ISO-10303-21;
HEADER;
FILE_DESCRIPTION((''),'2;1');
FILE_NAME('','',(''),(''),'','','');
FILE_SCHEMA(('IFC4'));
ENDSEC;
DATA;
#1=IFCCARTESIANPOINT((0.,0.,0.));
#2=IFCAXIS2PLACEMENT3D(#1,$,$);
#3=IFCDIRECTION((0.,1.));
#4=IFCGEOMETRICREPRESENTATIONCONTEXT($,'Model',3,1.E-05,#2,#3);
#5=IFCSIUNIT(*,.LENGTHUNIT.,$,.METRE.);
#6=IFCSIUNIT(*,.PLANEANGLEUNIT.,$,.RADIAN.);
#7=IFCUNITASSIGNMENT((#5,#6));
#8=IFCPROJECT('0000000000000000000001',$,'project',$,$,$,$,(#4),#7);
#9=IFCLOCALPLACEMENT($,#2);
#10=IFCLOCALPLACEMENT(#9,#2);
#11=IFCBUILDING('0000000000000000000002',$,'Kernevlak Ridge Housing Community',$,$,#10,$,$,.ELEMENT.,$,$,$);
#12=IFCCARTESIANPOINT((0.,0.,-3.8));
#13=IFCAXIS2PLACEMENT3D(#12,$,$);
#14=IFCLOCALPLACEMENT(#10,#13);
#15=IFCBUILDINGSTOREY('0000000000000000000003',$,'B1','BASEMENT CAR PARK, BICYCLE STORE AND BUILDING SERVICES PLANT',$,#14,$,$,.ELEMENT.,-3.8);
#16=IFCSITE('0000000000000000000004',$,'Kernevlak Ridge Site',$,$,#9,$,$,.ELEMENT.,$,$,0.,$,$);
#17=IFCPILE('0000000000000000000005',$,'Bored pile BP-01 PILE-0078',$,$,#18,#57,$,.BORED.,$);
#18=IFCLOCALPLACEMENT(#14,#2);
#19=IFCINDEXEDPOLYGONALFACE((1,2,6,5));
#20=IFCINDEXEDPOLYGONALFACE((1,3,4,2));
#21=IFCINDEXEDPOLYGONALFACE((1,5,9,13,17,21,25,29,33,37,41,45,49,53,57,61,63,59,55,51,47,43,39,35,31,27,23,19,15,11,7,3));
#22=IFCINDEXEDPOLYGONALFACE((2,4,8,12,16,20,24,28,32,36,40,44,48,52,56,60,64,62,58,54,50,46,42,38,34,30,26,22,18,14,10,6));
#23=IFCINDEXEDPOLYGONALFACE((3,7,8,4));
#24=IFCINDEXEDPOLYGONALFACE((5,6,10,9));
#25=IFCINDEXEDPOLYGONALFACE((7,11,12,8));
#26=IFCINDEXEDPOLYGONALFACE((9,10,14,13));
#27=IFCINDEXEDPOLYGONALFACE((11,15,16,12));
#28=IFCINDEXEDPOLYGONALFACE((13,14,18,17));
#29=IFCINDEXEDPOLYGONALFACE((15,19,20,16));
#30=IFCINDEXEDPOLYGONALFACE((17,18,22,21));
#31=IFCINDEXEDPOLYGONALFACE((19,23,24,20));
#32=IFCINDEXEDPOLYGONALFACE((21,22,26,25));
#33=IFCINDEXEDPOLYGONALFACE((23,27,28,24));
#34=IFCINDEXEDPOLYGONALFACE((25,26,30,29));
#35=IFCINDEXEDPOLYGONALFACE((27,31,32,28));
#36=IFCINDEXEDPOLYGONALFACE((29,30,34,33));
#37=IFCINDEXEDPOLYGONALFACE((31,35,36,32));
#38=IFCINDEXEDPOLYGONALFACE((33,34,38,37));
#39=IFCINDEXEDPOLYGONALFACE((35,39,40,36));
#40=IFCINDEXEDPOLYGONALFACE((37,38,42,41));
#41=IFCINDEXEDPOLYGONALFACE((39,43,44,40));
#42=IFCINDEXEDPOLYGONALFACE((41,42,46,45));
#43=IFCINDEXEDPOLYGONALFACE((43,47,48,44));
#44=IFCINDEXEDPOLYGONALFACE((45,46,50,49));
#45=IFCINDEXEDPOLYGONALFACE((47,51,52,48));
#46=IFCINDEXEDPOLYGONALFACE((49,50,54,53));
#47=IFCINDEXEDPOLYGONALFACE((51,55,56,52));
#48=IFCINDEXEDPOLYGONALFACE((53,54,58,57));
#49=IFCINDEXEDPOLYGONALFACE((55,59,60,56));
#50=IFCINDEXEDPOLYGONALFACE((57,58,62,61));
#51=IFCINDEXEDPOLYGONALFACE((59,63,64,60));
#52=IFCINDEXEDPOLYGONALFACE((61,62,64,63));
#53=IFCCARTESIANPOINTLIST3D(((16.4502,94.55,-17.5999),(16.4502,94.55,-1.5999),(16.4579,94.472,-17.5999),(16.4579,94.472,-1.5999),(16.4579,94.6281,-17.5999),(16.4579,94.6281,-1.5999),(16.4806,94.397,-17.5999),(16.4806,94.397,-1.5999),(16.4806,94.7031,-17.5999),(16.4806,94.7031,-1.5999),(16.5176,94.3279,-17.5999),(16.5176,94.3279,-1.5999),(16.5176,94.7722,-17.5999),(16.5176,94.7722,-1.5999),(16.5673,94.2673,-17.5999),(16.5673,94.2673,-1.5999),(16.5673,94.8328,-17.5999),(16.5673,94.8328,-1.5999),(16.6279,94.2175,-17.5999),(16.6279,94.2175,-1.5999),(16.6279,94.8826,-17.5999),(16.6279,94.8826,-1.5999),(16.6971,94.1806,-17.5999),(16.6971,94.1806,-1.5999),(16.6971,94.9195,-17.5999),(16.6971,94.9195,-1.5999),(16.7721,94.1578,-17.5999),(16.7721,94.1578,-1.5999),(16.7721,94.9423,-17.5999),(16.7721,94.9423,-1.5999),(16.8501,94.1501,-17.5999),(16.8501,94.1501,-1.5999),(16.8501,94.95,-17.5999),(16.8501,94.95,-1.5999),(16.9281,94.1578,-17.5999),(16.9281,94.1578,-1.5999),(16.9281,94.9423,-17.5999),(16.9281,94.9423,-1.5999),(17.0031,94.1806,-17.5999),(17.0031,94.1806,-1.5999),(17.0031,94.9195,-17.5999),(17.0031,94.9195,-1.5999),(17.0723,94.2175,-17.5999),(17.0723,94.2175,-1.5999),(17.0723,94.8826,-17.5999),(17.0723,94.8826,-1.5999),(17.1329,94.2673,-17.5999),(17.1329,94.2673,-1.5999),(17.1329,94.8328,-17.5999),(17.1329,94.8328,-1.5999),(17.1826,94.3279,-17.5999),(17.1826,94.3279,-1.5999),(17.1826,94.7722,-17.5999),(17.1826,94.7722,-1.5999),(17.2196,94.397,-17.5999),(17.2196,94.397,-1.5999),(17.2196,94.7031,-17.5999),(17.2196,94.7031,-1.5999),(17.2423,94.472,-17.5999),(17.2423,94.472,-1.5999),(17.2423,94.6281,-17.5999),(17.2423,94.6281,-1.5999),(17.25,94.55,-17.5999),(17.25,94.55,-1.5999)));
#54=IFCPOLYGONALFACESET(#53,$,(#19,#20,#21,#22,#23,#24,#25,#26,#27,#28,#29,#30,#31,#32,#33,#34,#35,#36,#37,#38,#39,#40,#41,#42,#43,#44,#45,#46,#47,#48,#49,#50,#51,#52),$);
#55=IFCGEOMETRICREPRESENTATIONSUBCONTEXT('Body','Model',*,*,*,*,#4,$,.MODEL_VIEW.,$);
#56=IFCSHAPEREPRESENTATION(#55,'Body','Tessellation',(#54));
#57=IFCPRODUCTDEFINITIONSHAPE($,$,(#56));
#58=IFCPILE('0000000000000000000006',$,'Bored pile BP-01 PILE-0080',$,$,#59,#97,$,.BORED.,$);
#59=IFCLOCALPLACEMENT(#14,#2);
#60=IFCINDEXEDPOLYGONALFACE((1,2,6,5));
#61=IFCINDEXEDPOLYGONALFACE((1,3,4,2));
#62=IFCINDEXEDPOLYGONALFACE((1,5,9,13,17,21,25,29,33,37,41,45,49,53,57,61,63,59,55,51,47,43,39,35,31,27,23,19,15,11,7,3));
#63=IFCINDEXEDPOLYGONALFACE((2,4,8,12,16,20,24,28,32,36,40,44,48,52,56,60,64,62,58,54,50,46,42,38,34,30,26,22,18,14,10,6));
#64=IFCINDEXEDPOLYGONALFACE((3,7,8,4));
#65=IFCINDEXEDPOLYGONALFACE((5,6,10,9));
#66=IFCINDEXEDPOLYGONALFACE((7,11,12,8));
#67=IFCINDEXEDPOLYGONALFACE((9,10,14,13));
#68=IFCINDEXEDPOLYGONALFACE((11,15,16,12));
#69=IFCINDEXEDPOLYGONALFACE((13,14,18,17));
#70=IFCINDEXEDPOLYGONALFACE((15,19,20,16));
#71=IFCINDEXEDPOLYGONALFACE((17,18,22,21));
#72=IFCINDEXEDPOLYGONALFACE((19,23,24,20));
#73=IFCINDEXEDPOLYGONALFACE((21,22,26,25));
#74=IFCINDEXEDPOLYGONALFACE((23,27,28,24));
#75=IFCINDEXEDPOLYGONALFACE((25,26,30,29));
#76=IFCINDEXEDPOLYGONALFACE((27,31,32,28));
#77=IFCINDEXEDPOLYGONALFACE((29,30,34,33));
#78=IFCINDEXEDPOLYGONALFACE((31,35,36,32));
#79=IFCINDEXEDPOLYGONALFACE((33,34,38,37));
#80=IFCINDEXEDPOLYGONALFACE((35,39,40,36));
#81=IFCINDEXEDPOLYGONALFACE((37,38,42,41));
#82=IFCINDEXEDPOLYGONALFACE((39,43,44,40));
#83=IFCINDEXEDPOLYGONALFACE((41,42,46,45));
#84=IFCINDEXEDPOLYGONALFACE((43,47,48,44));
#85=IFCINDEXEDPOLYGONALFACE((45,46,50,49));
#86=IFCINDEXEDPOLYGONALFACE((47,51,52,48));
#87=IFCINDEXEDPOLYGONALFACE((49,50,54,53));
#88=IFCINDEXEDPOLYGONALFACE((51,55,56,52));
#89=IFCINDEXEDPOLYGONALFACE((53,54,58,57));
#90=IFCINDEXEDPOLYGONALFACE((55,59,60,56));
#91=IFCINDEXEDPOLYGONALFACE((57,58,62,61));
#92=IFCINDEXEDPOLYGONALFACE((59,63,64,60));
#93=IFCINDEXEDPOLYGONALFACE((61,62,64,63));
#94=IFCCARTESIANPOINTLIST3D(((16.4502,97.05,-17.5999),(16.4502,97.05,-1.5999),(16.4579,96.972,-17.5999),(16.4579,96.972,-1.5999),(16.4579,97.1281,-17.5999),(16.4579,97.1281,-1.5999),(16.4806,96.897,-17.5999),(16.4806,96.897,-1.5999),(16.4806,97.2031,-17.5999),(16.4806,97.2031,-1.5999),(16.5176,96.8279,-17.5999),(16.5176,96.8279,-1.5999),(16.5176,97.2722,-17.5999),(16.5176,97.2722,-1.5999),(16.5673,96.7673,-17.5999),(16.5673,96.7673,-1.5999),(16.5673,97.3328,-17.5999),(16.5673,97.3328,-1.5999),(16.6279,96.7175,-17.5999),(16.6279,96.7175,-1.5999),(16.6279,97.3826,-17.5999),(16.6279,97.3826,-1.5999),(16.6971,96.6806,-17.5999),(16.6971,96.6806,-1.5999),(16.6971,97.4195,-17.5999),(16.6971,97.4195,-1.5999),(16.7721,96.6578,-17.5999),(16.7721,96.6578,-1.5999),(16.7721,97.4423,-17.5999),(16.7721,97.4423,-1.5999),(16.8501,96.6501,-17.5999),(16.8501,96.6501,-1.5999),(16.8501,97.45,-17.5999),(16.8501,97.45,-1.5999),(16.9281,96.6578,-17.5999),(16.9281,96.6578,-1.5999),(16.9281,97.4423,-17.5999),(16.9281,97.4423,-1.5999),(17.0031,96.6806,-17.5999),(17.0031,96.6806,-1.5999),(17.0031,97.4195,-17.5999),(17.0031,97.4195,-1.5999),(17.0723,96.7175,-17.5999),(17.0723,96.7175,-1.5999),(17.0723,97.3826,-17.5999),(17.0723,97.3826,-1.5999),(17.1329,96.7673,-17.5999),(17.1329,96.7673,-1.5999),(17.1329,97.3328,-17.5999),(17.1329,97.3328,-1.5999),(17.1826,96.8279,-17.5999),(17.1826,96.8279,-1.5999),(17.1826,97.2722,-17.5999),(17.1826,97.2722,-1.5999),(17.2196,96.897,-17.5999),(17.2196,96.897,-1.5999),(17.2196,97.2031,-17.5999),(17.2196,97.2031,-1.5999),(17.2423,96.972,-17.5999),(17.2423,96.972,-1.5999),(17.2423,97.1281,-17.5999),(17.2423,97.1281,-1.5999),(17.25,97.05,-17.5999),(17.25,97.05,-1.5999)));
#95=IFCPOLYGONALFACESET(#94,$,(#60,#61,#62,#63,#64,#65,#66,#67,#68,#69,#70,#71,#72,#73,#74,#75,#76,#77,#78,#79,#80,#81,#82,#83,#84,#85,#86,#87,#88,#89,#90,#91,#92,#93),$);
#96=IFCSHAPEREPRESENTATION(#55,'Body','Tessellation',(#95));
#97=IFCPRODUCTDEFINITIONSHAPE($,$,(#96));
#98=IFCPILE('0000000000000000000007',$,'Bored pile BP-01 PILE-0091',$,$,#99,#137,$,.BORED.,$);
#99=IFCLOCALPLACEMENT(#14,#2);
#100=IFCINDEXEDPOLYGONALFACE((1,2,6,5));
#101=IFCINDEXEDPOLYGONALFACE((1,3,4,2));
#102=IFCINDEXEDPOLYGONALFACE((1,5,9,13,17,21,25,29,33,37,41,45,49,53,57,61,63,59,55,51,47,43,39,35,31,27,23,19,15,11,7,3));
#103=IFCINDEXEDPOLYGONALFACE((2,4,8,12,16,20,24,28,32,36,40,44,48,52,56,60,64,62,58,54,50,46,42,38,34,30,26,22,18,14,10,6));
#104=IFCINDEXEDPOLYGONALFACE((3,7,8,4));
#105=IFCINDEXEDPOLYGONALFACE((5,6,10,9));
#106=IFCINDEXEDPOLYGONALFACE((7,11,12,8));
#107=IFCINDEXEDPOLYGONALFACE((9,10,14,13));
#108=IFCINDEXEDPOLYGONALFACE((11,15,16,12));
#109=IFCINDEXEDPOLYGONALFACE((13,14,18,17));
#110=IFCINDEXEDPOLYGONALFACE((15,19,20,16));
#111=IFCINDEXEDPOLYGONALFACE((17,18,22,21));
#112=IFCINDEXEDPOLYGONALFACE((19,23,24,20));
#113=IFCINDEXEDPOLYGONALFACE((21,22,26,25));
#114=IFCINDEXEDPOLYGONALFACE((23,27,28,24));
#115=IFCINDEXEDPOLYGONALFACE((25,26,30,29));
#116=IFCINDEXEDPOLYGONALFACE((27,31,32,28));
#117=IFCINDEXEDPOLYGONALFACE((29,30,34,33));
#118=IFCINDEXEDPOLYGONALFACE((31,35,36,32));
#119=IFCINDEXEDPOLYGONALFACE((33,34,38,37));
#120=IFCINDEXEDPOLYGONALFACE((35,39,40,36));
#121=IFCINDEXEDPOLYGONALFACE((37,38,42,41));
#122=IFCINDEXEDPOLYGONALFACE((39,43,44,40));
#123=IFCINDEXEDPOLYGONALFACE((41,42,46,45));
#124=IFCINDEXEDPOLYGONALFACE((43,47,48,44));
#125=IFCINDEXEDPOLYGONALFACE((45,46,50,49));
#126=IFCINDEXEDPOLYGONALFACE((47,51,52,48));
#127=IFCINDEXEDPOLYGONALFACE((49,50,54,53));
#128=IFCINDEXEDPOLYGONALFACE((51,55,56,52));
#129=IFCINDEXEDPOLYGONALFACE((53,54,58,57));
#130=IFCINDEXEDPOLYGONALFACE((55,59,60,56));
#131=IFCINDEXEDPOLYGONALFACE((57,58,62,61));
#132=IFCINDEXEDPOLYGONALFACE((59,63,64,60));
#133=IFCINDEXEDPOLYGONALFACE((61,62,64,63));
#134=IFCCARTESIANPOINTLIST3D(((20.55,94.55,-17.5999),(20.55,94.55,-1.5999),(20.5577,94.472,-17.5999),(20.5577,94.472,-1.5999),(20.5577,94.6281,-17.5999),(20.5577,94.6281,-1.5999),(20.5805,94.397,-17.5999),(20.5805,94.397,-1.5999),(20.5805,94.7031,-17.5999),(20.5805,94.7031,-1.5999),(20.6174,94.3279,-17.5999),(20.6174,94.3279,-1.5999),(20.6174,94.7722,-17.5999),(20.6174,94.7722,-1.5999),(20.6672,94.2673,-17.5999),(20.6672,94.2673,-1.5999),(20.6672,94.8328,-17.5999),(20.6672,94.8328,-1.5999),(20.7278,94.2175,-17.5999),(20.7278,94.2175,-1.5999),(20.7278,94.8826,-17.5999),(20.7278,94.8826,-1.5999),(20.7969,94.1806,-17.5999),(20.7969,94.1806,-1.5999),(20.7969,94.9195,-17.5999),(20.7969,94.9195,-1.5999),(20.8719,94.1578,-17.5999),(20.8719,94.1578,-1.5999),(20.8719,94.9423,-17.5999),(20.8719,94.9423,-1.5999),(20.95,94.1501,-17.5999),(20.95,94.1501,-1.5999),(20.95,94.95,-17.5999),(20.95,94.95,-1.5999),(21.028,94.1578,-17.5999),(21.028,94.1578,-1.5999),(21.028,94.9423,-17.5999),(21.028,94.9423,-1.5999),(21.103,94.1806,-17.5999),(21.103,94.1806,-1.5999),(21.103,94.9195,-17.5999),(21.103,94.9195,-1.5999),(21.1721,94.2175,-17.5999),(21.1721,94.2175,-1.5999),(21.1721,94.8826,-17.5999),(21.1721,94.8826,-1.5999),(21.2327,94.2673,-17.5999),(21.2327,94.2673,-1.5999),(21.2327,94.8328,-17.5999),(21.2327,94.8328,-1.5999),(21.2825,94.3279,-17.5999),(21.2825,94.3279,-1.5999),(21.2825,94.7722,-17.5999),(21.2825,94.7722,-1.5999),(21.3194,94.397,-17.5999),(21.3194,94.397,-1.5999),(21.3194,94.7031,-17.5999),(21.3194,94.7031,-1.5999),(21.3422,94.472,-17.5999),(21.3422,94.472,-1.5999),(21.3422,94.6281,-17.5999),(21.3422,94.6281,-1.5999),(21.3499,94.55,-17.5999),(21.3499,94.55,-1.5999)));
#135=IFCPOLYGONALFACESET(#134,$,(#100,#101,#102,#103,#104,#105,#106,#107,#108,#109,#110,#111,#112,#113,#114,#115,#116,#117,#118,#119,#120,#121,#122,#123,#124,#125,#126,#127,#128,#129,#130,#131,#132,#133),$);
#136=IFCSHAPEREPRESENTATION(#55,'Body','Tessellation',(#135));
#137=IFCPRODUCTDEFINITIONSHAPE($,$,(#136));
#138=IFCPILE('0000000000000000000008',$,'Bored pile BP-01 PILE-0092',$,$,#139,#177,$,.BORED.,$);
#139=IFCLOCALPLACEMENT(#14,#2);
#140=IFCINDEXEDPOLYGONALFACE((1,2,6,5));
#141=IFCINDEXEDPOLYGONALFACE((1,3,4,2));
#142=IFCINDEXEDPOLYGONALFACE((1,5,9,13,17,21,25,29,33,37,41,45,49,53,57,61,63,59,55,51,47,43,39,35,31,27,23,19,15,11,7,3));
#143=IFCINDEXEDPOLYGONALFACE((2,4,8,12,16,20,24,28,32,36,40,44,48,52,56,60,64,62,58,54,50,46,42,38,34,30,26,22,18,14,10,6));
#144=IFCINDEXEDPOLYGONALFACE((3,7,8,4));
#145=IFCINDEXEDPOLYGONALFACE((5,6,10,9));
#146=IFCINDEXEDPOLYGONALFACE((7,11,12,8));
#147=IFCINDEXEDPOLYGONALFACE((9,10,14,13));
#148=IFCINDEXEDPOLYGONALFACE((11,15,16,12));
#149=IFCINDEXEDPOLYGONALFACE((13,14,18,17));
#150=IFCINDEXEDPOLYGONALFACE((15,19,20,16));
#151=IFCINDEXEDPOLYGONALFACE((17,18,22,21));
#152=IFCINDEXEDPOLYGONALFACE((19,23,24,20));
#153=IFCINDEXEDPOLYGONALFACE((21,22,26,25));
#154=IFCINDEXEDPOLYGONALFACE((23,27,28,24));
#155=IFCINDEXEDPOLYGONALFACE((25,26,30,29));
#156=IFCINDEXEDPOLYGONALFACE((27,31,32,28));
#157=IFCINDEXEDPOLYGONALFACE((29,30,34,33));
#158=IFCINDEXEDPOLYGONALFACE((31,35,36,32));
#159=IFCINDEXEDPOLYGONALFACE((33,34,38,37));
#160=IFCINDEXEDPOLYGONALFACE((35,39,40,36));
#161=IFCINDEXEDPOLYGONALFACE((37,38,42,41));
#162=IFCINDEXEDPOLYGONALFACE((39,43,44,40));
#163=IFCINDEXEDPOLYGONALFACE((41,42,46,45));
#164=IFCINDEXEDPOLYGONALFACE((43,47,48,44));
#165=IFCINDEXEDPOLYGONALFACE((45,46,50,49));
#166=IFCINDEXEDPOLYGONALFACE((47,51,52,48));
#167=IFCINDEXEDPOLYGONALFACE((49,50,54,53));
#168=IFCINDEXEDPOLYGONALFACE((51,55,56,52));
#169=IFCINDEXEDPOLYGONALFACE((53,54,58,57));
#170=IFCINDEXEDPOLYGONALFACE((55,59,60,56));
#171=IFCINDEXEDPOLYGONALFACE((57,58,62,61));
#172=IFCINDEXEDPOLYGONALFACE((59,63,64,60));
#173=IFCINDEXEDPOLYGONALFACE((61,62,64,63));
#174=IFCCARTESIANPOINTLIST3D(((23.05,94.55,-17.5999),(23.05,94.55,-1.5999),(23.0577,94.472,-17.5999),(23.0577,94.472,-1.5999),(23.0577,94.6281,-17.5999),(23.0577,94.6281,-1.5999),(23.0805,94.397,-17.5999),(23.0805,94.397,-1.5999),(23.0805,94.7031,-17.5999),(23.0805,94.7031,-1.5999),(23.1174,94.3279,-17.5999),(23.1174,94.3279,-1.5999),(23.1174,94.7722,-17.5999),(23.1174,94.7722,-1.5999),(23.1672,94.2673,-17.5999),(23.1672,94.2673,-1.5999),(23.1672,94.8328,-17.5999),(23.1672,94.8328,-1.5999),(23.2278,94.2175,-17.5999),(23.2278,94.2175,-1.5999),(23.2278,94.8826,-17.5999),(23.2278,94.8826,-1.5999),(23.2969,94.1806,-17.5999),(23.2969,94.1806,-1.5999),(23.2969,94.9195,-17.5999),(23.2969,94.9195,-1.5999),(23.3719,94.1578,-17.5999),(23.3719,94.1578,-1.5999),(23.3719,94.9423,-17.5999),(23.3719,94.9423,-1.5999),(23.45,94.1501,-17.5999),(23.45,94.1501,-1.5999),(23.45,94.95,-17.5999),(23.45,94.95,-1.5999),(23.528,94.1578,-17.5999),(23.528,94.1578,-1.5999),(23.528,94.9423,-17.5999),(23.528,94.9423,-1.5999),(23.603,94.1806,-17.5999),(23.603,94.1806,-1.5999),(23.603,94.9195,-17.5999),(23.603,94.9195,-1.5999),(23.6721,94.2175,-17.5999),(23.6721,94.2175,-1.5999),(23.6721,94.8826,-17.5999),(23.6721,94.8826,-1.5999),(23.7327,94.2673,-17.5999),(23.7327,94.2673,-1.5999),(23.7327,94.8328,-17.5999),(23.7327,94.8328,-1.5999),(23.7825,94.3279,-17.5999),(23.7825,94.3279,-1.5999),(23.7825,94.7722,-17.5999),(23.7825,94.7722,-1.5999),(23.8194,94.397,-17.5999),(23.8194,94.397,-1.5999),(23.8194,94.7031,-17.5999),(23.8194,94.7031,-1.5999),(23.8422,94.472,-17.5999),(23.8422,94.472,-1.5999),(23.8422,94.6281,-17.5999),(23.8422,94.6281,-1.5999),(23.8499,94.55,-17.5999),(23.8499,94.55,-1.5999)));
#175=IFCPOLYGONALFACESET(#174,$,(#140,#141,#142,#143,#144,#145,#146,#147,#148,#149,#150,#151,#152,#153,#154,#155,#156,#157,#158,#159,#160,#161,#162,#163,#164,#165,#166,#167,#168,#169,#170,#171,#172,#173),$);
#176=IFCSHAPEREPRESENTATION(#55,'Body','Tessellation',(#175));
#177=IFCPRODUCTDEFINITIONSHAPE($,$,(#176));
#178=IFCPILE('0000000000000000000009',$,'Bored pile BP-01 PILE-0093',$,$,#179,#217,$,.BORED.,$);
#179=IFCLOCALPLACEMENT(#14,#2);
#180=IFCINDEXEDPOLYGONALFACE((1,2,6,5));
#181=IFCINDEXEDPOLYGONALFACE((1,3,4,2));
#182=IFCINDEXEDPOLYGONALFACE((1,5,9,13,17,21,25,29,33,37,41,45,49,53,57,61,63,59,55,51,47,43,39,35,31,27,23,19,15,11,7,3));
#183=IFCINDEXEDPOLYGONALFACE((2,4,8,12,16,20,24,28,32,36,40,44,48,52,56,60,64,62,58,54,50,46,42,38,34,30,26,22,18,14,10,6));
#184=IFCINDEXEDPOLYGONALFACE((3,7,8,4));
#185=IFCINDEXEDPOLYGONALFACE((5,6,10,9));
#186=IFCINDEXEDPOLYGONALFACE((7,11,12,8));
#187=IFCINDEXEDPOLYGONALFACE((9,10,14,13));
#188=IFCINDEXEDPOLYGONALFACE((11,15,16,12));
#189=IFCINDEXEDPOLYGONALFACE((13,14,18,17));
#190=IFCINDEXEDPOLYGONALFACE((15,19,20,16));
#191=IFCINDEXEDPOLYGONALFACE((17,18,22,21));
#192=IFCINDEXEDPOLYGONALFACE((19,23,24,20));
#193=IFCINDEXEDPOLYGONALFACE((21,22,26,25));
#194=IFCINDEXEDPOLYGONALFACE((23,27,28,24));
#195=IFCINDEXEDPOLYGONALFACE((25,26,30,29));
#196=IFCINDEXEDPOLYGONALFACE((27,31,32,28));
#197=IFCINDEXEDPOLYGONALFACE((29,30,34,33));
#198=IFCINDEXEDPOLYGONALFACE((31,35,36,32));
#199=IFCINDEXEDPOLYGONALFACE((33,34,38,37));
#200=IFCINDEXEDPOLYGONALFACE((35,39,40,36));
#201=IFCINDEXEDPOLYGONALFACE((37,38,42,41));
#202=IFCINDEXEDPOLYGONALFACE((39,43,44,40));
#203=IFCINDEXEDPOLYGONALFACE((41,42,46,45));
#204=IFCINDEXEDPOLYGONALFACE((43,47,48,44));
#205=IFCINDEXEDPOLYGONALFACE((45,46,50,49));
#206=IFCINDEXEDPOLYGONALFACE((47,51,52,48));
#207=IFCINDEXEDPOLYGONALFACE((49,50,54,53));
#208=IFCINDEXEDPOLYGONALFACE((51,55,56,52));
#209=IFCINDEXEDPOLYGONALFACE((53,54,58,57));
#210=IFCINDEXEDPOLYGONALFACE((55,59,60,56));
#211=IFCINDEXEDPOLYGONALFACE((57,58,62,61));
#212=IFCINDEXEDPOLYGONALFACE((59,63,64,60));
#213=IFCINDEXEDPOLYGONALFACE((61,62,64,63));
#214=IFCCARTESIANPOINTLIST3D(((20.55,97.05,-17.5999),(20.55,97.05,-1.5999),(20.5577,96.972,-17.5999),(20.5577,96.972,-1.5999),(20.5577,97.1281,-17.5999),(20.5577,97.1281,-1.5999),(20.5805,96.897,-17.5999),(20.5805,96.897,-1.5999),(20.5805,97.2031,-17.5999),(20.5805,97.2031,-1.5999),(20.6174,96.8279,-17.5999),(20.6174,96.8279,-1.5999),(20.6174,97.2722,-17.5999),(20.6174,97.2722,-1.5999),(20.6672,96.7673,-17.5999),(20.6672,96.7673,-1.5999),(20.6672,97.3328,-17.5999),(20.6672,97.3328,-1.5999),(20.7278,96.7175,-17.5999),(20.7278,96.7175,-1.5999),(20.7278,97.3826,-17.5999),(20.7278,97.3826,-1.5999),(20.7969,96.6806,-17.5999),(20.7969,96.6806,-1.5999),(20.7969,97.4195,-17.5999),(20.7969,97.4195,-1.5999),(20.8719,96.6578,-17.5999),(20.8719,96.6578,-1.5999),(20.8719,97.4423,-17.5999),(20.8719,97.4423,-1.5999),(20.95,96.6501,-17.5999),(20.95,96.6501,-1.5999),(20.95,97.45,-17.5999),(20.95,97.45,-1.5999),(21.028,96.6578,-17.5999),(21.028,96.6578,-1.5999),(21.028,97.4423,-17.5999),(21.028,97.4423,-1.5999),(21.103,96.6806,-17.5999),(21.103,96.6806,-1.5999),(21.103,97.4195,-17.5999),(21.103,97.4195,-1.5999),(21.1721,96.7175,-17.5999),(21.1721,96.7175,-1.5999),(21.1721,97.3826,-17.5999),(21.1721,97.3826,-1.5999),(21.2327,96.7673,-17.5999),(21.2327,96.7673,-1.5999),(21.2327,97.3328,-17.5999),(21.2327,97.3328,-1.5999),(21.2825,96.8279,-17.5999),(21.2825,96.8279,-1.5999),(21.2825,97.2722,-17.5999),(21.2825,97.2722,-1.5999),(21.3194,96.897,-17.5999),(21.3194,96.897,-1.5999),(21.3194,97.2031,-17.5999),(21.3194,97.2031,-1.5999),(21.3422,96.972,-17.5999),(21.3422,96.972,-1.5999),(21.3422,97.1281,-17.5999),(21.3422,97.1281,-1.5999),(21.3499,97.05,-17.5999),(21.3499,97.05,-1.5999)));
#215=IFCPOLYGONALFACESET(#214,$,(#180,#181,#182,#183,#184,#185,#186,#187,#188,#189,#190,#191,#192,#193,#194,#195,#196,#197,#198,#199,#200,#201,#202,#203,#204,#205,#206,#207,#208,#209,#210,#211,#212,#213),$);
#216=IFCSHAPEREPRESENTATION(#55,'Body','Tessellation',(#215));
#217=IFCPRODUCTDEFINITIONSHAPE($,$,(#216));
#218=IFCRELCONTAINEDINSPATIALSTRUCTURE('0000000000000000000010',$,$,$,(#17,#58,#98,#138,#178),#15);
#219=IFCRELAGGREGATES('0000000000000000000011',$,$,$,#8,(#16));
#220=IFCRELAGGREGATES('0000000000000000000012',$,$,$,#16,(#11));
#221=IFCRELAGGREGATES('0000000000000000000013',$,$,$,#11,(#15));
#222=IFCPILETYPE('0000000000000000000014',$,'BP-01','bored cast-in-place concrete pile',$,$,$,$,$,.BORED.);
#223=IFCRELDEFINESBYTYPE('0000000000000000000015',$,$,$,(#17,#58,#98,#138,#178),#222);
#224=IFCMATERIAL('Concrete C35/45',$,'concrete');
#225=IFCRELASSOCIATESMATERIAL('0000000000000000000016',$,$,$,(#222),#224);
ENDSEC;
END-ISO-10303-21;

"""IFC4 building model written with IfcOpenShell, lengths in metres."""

from ifc_helpers import new_model, si_unit, direction, frame, origin, origin_2d, place, context, subcontext, project, spatial, circle, extrude, material, material_profile, profile_set, type_object, element, save


model = new_model("IFC4")

# Units and contexts
model_context = context("Model", 3, precision=1e-05, world=origin(), true_north=direction((0.0, 1.0)))
body_context = subcontext(model_context, "Body", "Model", "MODEL_VIEW")
ifc_project = project(units=[si_unit("LENGTHUNIT", "METRE"), si_unit("PLANEANGLEUNIT", "RADIAN")], contexts=[model_context])

# Site, building, storey
site_placement = place(None, origin())
site = spatial("IfcSite", under=ifc_project, at=site_placement, Name="Kernevlak Ridge Site", CompositionType="ELEMENT", RefElevation=0.0)
building_placement = place(site_placement, origin())
building = spatial("IfcBuilding", under=site, at=building_placement, Name="Kernevlak Ridge Housing Community", CompositionType="ELEMENT")
storey_placement = place(building_placement, frame((0.0, 0.0, -3.8)))
storey = spatial("IfcBuildingStorey", under=building, at=storey_placement, Name="B1", Description="BASEMENT CAR PARK, BICYCLE STORE AND BUILDING SERVICES PLANT", CompositionType="ELEMENT", Elevation=-3.8)

# Piles
ifc_material_1 = material(Name="Concrete C35/45", Category="concrete")
ifc_material_profile_1 = material_profile(ifc_material_1, circle(Radius=0.3999, at=origin_2d()), Name="BORED PILE 800")
ifc_profile_set_1 = profile_set([ifc_material_profile_1], Name="Concrete C35/45")
pile_type_1 = type_object("IfcPileType", Name="BP-01", Description="bored cast-in-place concrete pile", PredefinedType="BORED", material=ifc_profile_set_1)
for number, where, z_axis, x_axis, name in (
    (1, (16.8501, 94.55, -1.5999), (0.0, 0.0, -1.0), (1.0, 0.0, 0.0), "Bored pile BP-01 PILE-0078"),
    (2, (16.8501, 97.05, -1.5999), (0.0, 0.0, -1.0), (1.0, 0.0, 0.0), "Bored pile BP-01 PILE-0080"),
    (3, (20.95, 94.55, -1.5999), (0.0, 0.0, -1.0), (1.0, 0.0, 0.0), "Bored pile BP-01 PILE-0091"),
    (4, (23.45, 94.55, -1.5999), (0.0, 0.0, -1.0), (1.0, 0.0, 0.0), "Bored pile BP-01 PILE-0092"),
    (5, (20.95, 97.05, -1.5999), (0.0, 0.0, -1.0), (1.0, 0.0, 0.0), "Bored pile BP-01 PILE-0093"),
):
    element("IfcPile", number, at=place(storey_placement, frame(where, z_axis=z_axis, x_axis=x_axis)), inside=storey, type_object=pile_type_1, Name=name, PredefinedType="BORED", context=body_context, shape_type="SweptSolid", body=[
        extrude(circle(Radius=0.3999, at=origin_2d()), origin(), (0.0, 0.0, 1.0), 16.0),
    ])

save(model, "model.ifc")
